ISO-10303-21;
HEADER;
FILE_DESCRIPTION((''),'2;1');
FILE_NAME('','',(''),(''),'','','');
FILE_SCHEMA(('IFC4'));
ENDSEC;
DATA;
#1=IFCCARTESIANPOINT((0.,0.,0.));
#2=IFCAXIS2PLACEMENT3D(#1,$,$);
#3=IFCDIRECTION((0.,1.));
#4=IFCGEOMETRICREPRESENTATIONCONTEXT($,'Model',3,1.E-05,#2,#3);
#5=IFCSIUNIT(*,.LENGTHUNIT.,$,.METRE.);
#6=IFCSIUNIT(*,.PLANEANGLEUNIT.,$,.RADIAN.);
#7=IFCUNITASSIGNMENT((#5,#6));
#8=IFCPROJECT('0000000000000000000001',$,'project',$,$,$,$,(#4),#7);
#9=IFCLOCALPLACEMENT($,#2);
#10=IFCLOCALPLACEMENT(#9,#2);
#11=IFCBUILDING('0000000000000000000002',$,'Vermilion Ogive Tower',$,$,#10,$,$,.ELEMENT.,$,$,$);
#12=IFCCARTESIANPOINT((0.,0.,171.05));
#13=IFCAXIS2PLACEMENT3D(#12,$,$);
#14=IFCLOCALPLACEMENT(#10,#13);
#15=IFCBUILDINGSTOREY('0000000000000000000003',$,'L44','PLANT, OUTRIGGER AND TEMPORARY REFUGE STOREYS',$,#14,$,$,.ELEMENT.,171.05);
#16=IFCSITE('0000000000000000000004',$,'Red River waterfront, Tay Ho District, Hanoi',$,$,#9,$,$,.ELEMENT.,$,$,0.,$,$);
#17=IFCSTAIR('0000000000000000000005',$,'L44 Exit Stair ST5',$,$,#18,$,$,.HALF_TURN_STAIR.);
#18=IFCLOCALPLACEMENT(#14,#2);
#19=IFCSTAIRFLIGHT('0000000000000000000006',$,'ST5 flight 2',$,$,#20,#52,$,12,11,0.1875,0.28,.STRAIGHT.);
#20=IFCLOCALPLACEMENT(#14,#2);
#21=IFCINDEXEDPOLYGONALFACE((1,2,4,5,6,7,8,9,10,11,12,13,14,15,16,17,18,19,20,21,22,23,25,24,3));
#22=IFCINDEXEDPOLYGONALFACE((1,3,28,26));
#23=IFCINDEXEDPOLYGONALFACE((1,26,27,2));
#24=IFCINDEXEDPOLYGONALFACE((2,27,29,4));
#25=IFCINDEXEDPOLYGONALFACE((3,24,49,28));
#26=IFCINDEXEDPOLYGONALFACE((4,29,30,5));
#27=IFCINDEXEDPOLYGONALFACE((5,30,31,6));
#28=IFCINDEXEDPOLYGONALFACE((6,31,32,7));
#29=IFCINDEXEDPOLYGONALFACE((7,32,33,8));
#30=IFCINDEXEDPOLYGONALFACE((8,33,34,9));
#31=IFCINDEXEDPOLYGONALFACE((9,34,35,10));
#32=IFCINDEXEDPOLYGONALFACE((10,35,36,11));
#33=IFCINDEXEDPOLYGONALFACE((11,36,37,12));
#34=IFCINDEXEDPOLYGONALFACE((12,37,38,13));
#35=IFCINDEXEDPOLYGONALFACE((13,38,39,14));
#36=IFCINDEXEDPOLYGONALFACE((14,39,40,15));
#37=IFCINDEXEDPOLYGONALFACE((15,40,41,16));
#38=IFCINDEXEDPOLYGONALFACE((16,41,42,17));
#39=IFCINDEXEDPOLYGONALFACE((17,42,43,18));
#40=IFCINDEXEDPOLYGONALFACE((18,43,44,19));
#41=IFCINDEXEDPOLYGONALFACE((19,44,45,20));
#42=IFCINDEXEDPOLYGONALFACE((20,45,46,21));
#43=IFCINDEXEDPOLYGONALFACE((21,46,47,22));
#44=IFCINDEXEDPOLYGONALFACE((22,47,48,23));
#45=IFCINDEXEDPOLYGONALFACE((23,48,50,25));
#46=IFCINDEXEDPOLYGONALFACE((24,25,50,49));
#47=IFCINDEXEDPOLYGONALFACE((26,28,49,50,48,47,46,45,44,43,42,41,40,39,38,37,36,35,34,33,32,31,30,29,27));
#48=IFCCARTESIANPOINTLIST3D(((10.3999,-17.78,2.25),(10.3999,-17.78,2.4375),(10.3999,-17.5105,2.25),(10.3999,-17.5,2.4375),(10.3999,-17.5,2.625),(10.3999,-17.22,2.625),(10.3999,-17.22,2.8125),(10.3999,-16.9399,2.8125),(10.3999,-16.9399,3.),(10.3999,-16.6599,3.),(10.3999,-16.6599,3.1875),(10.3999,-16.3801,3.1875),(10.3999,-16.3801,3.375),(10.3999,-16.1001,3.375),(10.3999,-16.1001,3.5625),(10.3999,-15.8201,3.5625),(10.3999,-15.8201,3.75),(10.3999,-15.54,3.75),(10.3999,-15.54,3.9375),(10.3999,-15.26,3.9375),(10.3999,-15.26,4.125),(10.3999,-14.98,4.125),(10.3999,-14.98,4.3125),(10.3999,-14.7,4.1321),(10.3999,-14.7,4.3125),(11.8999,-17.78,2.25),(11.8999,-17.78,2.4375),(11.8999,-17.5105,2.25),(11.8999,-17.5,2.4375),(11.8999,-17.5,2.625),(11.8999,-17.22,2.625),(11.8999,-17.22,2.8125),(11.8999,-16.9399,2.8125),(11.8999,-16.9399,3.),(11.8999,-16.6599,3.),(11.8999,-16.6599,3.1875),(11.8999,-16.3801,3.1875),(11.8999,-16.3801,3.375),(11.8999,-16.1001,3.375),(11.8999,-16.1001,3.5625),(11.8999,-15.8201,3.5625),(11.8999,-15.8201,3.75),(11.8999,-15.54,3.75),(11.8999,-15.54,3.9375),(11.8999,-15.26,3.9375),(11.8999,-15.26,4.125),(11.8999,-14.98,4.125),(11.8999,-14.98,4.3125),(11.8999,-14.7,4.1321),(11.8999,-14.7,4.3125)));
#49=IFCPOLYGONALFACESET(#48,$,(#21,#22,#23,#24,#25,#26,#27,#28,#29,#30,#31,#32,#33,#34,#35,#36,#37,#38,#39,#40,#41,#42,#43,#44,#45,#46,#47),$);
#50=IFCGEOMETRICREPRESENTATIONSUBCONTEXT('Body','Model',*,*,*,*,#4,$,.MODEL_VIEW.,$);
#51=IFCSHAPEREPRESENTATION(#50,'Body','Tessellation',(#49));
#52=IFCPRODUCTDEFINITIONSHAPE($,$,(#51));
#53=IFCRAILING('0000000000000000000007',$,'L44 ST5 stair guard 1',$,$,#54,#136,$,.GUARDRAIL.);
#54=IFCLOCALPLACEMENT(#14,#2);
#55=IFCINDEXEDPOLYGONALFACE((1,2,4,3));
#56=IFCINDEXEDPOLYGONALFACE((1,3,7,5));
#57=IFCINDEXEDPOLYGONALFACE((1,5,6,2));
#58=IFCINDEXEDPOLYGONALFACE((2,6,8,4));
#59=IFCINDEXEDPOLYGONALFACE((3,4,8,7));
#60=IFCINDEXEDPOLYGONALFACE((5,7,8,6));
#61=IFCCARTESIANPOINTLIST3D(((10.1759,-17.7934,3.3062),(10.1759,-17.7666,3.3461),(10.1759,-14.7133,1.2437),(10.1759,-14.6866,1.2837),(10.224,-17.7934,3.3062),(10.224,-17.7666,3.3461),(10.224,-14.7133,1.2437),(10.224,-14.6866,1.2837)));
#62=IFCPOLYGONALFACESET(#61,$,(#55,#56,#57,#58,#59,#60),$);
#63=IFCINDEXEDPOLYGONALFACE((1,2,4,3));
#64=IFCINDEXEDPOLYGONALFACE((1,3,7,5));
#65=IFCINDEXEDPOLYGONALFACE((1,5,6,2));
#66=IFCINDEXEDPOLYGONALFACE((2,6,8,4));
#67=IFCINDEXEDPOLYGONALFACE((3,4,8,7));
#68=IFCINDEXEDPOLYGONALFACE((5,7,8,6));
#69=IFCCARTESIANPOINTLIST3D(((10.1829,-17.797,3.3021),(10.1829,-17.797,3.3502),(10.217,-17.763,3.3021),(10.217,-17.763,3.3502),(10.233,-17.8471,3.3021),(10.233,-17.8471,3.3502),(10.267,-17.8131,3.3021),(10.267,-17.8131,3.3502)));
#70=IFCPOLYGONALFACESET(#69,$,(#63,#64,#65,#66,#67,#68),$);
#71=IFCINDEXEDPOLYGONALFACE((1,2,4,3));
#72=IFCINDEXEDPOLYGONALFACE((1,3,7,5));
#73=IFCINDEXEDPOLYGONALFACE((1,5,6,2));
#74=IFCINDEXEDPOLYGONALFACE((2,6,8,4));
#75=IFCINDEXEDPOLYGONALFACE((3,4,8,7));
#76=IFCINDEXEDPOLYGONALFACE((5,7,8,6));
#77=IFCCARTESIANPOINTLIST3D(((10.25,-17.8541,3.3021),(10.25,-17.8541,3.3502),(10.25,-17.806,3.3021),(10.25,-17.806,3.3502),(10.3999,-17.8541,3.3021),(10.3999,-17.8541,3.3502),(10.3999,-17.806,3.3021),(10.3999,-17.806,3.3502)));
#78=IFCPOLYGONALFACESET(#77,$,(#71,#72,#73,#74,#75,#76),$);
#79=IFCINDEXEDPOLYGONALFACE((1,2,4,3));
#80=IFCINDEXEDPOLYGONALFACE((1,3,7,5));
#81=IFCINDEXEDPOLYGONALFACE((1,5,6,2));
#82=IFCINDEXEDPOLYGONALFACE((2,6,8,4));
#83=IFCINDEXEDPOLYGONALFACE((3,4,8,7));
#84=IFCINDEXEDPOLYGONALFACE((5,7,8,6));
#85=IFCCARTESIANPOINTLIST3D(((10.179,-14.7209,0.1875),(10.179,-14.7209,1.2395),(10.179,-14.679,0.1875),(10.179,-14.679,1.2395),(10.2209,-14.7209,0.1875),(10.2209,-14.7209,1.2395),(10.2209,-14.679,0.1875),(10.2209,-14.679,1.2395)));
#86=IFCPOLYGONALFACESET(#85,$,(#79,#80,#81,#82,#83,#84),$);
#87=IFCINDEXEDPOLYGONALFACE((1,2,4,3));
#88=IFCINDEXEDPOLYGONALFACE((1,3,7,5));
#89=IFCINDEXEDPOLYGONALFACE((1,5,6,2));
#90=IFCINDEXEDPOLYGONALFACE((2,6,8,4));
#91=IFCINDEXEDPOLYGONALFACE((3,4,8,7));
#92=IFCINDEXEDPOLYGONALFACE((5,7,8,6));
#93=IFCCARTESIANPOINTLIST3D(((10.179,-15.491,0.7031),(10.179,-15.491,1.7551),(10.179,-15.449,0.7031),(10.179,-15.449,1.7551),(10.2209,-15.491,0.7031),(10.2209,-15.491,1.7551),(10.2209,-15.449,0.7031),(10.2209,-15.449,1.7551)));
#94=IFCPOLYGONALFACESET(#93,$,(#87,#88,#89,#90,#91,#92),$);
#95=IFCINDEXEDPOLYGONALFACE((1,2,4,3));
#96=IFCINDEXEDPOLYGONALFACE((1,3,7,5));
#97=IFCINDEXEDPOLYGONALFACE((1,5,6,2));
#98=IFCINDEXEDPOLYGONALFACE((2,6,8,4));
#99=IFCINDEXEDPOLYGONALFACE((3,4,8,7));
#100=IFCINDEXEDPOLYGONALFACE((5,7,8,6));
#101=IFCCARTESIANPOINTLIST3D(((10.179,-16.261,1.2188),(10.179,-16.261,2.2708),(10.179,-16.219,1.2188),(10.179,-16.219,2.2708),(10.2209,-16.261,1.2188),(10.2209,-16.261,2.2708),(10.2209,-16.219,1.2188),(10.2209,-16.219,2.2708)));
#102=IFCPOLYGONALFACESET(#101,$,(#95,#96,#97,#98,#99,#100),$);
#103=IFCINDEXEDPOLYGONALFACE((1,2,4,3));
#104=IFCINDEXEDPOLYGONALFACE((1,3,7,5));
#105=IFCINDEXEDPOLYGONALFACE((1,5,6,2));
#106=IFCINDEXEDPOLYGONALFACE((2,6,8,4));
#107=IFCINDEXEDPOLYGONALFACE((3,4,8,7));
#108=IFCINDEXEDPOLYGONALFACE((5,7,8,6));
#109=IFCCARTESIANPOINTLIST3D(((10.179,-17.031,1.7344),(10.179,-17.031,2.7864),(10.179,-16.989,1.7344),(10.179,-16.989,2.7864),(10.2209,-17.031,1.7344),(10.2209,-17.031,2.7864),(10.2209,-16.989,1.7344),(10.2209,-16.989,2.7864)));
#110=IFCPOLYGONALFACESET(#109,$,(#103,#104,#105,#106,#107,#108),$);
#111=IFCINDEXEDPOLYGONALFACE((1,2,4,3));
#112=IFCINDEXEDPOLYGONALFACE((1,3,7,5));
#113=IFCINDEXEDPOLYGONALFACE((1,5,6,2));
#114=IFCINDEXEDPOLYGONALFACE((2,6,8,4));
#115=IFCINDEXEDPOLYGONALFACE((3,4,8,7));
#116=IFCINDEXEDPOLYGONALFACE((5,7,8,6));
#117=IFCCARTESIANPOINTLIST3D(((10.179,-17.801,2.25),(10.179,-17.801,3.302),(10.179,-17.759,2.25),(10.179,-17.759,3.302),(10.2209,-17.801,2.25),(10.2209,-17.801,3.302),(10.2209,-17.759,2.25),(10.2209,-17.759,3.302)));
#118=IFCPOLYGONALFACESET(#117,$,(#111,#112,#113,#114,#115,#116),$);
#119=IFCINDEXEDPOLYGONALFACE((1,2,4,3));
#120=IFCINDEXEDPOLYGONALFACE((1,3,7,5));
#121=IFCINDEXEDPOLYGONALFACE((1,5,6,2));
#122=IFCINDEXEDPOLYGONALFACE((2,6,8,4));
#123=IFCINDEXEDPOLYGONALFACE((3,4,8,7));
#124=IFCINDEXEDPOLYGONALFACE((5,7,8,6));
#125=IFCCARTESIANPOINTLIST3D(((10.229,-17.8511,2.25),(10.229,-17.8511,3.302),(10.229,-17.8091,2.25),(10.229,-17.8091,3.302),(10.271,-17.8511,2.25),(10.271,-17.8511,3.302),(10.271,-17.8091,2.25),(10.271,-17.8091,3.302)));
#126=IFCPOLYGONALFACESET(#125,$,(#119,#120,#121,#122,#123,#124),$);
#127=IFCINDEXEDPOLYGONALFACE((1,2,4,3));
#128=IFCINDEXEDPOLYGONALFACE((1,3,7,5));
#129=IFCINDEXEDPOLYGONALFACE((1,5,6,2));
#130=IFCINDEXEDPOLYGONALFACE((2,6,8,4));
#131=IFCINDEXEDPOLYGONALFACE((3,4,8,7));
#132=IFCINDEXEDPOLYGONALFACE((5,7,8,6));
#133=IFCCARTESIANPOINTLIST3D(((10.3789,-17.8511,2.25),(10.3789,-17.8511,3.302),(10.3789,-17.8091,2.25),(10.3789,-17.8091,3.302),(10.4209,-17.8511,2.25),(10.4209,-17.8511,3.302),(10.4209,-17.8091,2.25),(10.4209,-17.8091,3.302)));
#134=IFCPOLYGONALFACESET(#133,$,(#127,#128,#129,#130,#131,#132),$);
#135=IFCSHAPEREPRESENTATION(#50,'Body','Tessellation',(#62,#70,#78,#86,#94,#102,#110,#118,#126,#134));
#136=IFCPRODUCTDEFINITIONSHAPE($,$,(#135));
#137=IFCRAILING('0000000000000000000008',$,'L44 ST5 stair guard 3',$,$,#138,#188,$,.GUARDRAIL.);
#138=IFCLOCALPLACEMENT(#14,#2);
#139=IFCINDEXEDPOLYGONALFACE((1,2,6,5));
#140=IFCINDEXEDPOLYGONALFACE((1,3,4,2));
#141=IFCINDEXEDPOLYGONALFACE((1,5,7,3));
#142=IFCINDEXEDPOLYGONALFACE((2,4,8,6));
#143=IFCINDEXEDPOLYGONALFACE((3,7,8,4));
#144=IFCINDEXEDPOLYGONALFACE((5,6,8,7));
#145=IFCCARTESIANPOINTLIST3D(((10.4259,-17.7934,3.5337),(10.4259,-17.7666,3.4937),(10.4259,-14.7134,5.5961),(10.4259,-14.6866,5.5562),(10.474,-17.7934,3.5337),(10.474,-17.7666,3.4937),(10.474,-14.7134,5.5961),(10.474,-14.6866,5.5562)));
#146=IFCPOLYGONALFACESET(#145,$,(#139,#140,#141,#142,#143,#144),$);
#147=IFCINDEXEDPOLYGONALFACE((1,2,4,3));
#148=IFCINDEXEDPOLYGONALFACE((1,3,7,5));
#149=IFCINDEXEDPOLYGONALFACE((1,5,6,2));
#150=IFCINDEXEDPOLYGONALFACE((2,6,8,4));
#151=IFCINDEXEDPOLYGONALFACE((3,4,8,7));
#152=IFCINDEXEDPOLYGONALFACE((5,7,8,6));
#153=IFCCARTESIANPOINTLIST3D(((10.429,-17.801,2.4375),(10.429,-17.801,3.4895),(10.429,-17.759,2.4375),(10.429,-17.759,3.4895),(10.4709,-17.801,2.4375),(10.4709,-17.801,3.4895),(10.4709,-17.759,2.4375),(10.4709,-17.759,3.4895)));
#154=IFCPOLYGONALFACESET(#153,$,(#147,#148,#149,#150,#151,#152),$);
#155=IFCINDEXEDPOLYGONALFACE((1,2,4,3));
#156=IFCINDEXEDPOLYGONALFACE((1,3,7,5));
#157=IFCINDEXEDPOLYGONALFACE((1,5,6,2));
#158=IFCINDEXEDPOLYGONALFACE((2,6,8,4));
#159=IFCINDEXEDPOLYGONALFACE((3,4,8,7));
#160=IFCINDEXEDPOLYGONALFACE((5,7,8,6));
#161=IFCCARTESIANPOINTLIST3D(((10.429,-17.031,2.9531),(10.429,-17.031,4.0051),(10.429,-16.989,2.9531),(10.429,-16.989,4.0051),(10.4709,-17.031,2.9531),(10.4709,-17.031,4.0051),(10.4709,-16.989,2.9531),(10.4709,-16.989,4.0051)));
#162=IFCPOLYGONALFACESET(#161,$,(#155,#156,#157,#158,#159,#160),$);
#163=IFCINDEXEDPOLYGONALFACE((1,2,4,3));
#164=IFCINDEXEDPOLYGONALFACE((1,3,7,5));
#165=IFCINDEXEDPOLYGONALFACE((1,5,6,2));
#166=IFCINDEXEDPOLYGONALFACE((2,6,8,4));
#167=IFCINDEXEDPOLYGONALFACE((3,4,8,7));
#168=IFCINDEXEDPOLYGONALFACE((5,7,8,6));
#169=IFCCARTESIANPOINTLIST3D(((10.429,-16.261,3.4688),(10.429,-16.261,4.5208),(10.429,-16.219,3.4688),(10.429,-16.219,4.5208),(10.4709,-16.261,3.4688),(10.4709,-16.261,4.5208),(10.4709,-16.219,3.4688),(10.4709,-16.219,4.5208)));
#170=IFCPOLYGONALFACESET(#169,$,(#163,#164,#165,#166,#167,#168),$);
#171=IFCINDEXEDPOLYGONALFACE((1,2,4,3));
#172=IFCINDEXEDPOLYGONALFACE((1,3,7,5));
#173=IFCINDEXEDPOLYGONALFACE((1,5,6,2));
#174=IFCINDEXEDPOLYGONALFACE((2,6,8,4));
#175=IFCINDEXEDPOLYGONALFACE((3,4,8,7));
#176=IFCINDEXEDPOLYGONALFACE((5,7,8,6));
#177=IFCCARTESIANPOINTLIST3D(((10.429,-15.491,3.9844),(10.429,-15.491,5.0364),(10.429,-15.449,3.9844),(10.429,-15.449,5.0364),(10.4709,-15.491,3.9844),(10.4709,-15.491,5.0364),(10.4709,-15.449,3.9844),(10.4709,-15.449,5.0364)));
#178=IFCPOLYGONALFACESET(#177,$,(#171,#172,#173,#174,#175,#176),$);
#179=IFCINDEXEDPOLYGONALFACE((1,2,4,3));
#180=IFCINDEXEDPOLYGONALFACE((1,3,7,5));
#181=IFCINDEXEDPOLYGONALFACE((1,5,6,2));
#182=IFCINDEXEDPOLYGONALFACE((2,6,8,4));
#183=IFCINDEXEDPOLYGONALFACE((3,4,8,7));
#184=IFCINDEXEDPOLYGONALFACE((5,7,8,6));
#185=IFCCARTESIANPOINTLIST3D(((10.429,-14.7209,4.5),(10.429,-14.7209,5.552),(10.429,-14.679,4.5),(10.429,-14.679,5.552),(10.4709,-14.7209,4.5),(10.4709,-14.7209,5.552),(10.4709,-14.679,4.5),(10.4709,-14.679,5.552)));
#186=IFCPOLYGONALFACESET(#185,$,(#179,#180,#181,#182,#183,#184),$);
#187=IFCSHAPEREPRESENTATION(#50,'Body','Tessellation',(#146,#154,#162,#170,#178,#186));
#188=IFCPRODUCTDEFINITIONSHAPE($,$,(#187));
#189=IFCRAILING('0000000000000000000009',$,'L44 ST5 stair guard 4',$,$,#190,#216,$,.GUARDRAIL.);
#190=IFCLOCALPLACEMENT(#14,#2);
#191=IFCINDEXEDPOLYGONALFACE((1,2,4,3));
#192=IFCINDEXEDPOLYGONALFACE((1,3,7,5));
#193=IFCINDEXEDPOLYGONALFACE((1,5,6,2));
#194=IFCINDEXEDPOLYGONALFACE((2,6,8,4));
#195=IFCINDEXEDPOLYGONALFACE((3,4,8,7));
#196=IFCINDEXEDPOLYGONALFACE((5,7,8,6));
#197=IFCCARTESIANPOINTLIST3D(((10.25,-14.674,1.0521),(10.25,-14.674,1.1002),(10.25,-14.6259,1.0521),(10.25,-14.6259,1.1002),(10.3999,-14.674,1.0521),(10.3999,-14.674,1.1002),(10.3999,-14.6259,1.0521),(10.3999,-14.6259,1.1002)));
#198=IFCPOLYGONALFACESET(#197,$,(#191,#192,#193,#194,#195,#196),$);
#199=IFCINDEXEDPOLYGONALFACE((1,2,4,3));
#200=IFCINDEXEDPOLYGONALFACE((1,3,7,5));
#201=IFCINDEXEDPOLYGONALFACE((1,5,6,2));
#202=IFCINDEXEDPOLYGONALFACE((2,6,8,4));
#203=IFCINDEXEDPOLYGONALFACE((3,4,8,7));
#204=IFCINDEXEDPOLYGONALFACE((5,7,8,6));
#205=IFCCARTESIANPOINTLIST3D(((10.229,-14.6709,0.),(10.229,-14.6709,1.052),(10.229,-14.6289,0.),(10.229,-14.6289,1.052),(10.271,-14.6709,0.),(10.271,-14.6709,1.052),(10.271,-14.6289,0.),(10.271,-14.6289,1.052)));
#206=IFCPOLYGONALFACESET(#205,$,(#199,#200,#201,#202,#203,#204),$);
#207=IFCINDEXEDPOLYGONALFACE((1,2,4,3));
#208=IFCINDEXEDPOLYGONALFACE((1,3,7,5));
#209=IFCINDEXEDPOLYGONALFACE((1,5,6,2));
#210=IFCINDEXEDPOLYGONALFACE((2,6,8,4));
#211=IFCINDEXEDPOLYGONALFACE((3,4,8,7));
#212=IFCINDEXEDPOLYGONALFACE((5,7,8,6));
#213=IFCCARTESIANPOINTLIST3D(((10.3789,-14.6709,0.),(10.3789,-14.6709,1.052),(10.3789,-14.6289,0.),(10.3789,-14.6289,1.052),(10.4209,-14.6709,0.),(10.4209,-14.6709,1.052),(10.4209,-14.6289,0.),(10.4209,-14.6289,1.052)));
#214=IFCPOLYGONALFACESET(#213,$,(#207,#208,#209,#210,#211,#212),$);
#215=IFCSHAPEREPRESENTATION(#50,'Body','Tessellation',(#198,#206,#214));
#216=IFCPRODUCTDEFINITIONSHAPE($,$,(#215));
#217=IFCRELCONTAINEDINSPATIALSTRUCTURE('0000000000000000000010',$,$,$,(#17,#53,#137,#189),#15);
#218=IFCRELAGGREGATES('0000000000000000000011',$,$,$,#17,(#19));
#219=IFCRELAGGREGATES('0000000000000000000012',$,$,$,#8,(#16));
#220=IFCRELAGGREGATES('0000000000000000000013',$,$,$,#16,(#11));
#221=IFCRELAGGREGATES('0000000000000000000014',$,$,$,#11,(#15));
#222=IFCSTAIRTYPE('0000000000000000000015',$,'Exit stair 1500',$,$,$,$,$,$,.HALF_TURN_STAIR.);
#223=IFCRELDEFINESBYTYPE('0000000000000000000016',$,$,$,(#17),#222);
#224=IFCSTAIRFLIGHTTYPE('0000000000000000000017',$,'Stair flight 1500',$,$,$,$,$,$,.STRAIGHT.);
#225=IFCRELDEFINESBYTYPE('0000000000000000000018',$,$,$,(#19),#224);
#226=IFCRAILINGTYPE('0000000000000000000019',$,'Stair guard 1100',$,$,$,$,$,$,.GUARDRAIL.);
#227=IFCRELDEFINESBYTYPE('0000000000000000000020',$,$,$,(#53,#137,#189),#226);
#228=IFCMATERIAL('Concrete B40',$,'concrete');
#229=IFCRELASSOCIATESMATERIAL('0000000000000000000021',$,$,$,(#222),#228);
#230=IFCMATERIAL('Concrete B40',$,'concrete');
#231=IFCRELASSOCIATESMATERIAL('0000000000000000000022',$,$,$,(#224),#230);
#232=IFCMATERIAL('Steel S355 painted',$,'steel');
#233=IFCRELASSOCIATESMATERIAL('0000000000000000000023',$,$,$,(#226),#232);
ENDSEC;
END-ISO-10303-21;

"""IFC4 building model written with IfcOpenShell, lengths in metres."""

from ifc_helpers import new_model, si_unit, direction, frame, origin, origin_2d, place, context, subcontext, project, spatial, polyline, rectangle, outline, extrude, material, type_object, element, aggregate, save


model = new_model("IFC4")

# Units and contexts
model_context = context("Model", 3, precision=1e-05, world=origin(), true_north=direction((0.0, 1.0)))
body_context = subcontext(model_context, "Body", "Model", "MODEL_VIEW")
ifc_project = project(units=[si_unit("LENGTHUNIT", "METRE"), si_unit("PLANEANGLEUNIT", "RADIAN")], contexts=[model_context])

# Site, building, storey
site_placement = place(None, origin())
site = spatial("IfcSite", under=ifc_project, at=site_placement, Name="Red River waterfront, Tay Ho District, Hanoi", CompositionType="ELEMENT", RefElevation=0.0)
building_placement = place(site_placement, origin())
building = spatial("IfcBuilding", under=site, at=building_placement, Name="Vermilion Ogive Tower", CompositionType="ELEMENT")
storey_placement = place(building_placement, frame((0.0, 0.0, 171.05)))
storey = spatial("IfcBuildingStorey", under=building, at=storey_placement, Name="L44", Description="PLANT, OUTRIGGER AND TEMPORARY REFUGE STOREYS", CompositionType="ELEMENT", Elevation=171.05)

# Stair, stair flight
ifc_material_1 = material(Name="Concrete B40", Category="concrete")
stair_type = type_object("IfcStairType", Name="Exit stair 1500", PredefinedType="HALF_TURN_STAIR", material=ifc_material_1)
stair_placement = place(storey_placement, origin())
stair = element("IfcStair", 1, at=stair_placement, inside=storey, type_object=stair_type, Name="L44 Exit Stair ST5", PredefinedType="HALF_TURN_STAIR")
ifc_material_2 = material(Name="Concrete B40", Category="concrete")
stair_flight_type = type_object("IfcStairFlightType", Name="Stair flight 1500", PredefinedType="STRAIGHT", material=ifc_material_2)
stair_flight_1_placement = place(storey_placement, frame((11.1499, -17.78, 2.25), z_axis=(0.0, 0.0, 1.0), x_axis=(0.0, 1.0, 0.0)))
stair_flight_1 = element("IfcStairFlight", 2, at=stair_flight_1_placement, type_object=stair_flight_type, Name="ST5 flight 2", NumberOfRisers=12, NumberOfTreads=11, PredefinedType="STRAIGHT", RiserHeight=0.1875, TreadLength=0.28, context=body_context, shape_type="SweptSolid", body=[
    extrude(outline(polyline([(0.0, 0.0), (0.0, 0.1875), (0.28, 0.1875), (0.28, 0.375), (0.5601, 0.375), (0.5601, 0.5625), (0.8401, 0.5625), (0.8401, 0.75), (1.1201, 0.75), (1.1201, 0.9375), (1.3999, 0.9375), (1.3999, 1.125), (1.6799, 1.125), (1.6799, 1.3125), (1.96, 1.3125), (1.96, 1.5), (2.24, 1.5), (2.24, 1.6875), (2.52, 1.6875), (2.52, 1.875), (2.8, 1.875), (2.8, 2.0625), (3.0801, 2.0625), (3.0801, 2.25), (3.0801, 1.8821), (0.2695, 0.0), (0.0, 0.0)])), frame((0.0, 0.75, 0.0), z_axis=(0.0, -1.0, 0.0), x_axis=(1.0, 0.0, 0.0)), (0.0, 0.0, 1.0), 1.5),
])
aggregate(stair, [stair_flight_1])

# Railings
ifc_material_3 = material(Name="Steel S355 painted", Category="steel")
railing_type_1 = type_object("IfcRailingType", Name="Stair guard 1100", PredefinedType="GUARDRAIL", material=ifc_material_3)
railing_1_placement = place(storey_placement, frame((10.2, -14.7, 0.1875)))
element("IfcRailing", 3, at=railing_1_placement, inside=storey, type_object=railing_type_1, Name="L44 ST5 stair guard 1", PredefinedType="GUARDRAIL", context=body_context, shape_type="SweptSolid", body=[
    extrude(rectangle(XDim=0.0481, YDim=0.0481, at=origin_2d()), frame((0.0, 0.0, 1.0762), z_axis=(0.0, -0.830914, 0.556401), x_axis=(1.0, 0.0, 0.0)), (0.0, 0.0, 1.0), 3.7068),
    extrude(rectangle(XDim=0.0481, YDim=0.0481, at=origin_2d()), frame((0.0, -3.0801, 3.1387), z_axis=(0.707107, -0.707107, 0.0), x_axis=(0.707107, 0.707107, 0.0)), (0.0, 0.0, 1.0), 0.0708),
    extrude(rectangle(XDim=0.0481, YDim=0.0481, at=origin_2d()), frame((0.05, -3.1301, 3.1387), z_axis=(1.0, 0.0, 0.0), x_axis=(0.0, 1.0, 0.0)), (0.0, 0.0, 1.0), 0.1499),
    extrude(rectangle(XDim=0.042, YDim=0.042, at=origin_2d()), origin(), (0.0, 0.0, 1.0), 1.052),
    extrude(rectangle(XDim=0.042, YDim=0.042, at=origin_2d()), frame((0.0, -0.77, 0.5156)), (0.0, 0.0, 1.0), 1.052),
    extrude(rectangle(XDim=0.042, YDim=0.042, at=origin_2d()), frame((0.0, -1.54, 1.0312)), (0.0, 0.0, 1.0), 1.052),
    extrude(rectangle(XDim=0.042, YDim=0.042, at=origin_2d()), frame((0.0, -2.3101, 1.5469)), (0.0, 0.0, 1.0), 1.052),
    extrude(rectangle(XDim=0.042, YDim=0.042, at=origin_2d()), frame((0.0, -3.0801, 2.0625)), (0.0, 0.0, 1.0), 1.052),
    extrude(rectangle(XDim=0.042, YDim=0.042, at=origin_2d()), frame((0.05, -3.1301, 2.0625)), (0.0, 0.0, 1.0), 1.052),
    extrude(rectangle(XDim=0.042, YDim=0.042, at=origin_2d()), frame((0.2, -3.1301, 2.0625)), (0.0, 0.0, 1.0), 1.052),
])
railing_2_placement = place(storey_placement, frame((10.45, -17.78, 2.4375)))
element("IfcRailing", 4, at=railing_2_placement, inside=storey, type_object=railing_type_1, Name="L44 ST5 stair guard 3", PredefinedType="GUARDRAIL", context=body_context, shape_type="SweptSolid", body=[
    extrude(rectangle(XDim=0.0481, YDim=0.0481, at=origin_2d()), frame((0.0, 0.0, 1.0762), z_axis=(0.0, 0.830914, 0.556401), x_axis=(-1.0, 0.0, 0.0)), (0.0, 0.0, 1.0), 3.7068),
    extrude(rectangle(XDim=0.042, YDim=0.042, at=origin_2d()), origin(), (0.0, 0.0, 1.0), 1.052),
    extrude(rectangle(XDim=0.042, YDim=0.042, at=origin_2d()), frame((0.0, 0.77, 0.5156)), (0.0, 0.0, 1.0), 1.052),
    extrude(rectangle(XDim=0.042, YDim=0.042, at=origin_2d()), frame((0.0, 1.54, 1.0312)), (0.0, 0.0, 1.0), 1.052),
    extrude(rectangle(XDim=0.042, YDim=0.042, at=origin_2d()), frame((0.0, 2.3101, 1.5469)), (0.0, 0.0, 1.0), 1.052),
    extrude(rectangle(XDim=0.042, YDim=0.042, at=origin_2d()), frame((0.0, 3.0801, 2.0625)), (0.0, 0.0, 1.0), 1.052),
])
railing_3_placement = place(storey_placement, frame((10.25, -14.6499, 0.0)))
element("IfcRailing", 5, at=railing_3_placement, inside=storey, type_object=railing_type_1, Name="L44 ST5 stair guard 4", PredefinedType="GUARDRAIL", context=body_context, shape_type="SweptSolid", body=[
    extrude(rectangle(XDim=0.0481, YDim=0.0481, at=origin_2d()), frame((0.0, 0.0, 1.0762), z_axis=(1.0, 0.0, 0.0), x_axis=(0.0, 1.0, 0.0)), (0.0, 0.0, 1.0), 0.1499),
    extrude(rectangle(XDim=0.042, YDim=0.042, at=origin_2d()), origin(), (0.0, 0.0, 1.0), 1.052),
    extrude(rectangle(XDim=0.042, YDim=0.042, at=origin_2d()), frame((0.1499, 0.0, 0.0)), (0.0, 0.0, 1.0), 1.052),
])

save(model, "model.ifc")
